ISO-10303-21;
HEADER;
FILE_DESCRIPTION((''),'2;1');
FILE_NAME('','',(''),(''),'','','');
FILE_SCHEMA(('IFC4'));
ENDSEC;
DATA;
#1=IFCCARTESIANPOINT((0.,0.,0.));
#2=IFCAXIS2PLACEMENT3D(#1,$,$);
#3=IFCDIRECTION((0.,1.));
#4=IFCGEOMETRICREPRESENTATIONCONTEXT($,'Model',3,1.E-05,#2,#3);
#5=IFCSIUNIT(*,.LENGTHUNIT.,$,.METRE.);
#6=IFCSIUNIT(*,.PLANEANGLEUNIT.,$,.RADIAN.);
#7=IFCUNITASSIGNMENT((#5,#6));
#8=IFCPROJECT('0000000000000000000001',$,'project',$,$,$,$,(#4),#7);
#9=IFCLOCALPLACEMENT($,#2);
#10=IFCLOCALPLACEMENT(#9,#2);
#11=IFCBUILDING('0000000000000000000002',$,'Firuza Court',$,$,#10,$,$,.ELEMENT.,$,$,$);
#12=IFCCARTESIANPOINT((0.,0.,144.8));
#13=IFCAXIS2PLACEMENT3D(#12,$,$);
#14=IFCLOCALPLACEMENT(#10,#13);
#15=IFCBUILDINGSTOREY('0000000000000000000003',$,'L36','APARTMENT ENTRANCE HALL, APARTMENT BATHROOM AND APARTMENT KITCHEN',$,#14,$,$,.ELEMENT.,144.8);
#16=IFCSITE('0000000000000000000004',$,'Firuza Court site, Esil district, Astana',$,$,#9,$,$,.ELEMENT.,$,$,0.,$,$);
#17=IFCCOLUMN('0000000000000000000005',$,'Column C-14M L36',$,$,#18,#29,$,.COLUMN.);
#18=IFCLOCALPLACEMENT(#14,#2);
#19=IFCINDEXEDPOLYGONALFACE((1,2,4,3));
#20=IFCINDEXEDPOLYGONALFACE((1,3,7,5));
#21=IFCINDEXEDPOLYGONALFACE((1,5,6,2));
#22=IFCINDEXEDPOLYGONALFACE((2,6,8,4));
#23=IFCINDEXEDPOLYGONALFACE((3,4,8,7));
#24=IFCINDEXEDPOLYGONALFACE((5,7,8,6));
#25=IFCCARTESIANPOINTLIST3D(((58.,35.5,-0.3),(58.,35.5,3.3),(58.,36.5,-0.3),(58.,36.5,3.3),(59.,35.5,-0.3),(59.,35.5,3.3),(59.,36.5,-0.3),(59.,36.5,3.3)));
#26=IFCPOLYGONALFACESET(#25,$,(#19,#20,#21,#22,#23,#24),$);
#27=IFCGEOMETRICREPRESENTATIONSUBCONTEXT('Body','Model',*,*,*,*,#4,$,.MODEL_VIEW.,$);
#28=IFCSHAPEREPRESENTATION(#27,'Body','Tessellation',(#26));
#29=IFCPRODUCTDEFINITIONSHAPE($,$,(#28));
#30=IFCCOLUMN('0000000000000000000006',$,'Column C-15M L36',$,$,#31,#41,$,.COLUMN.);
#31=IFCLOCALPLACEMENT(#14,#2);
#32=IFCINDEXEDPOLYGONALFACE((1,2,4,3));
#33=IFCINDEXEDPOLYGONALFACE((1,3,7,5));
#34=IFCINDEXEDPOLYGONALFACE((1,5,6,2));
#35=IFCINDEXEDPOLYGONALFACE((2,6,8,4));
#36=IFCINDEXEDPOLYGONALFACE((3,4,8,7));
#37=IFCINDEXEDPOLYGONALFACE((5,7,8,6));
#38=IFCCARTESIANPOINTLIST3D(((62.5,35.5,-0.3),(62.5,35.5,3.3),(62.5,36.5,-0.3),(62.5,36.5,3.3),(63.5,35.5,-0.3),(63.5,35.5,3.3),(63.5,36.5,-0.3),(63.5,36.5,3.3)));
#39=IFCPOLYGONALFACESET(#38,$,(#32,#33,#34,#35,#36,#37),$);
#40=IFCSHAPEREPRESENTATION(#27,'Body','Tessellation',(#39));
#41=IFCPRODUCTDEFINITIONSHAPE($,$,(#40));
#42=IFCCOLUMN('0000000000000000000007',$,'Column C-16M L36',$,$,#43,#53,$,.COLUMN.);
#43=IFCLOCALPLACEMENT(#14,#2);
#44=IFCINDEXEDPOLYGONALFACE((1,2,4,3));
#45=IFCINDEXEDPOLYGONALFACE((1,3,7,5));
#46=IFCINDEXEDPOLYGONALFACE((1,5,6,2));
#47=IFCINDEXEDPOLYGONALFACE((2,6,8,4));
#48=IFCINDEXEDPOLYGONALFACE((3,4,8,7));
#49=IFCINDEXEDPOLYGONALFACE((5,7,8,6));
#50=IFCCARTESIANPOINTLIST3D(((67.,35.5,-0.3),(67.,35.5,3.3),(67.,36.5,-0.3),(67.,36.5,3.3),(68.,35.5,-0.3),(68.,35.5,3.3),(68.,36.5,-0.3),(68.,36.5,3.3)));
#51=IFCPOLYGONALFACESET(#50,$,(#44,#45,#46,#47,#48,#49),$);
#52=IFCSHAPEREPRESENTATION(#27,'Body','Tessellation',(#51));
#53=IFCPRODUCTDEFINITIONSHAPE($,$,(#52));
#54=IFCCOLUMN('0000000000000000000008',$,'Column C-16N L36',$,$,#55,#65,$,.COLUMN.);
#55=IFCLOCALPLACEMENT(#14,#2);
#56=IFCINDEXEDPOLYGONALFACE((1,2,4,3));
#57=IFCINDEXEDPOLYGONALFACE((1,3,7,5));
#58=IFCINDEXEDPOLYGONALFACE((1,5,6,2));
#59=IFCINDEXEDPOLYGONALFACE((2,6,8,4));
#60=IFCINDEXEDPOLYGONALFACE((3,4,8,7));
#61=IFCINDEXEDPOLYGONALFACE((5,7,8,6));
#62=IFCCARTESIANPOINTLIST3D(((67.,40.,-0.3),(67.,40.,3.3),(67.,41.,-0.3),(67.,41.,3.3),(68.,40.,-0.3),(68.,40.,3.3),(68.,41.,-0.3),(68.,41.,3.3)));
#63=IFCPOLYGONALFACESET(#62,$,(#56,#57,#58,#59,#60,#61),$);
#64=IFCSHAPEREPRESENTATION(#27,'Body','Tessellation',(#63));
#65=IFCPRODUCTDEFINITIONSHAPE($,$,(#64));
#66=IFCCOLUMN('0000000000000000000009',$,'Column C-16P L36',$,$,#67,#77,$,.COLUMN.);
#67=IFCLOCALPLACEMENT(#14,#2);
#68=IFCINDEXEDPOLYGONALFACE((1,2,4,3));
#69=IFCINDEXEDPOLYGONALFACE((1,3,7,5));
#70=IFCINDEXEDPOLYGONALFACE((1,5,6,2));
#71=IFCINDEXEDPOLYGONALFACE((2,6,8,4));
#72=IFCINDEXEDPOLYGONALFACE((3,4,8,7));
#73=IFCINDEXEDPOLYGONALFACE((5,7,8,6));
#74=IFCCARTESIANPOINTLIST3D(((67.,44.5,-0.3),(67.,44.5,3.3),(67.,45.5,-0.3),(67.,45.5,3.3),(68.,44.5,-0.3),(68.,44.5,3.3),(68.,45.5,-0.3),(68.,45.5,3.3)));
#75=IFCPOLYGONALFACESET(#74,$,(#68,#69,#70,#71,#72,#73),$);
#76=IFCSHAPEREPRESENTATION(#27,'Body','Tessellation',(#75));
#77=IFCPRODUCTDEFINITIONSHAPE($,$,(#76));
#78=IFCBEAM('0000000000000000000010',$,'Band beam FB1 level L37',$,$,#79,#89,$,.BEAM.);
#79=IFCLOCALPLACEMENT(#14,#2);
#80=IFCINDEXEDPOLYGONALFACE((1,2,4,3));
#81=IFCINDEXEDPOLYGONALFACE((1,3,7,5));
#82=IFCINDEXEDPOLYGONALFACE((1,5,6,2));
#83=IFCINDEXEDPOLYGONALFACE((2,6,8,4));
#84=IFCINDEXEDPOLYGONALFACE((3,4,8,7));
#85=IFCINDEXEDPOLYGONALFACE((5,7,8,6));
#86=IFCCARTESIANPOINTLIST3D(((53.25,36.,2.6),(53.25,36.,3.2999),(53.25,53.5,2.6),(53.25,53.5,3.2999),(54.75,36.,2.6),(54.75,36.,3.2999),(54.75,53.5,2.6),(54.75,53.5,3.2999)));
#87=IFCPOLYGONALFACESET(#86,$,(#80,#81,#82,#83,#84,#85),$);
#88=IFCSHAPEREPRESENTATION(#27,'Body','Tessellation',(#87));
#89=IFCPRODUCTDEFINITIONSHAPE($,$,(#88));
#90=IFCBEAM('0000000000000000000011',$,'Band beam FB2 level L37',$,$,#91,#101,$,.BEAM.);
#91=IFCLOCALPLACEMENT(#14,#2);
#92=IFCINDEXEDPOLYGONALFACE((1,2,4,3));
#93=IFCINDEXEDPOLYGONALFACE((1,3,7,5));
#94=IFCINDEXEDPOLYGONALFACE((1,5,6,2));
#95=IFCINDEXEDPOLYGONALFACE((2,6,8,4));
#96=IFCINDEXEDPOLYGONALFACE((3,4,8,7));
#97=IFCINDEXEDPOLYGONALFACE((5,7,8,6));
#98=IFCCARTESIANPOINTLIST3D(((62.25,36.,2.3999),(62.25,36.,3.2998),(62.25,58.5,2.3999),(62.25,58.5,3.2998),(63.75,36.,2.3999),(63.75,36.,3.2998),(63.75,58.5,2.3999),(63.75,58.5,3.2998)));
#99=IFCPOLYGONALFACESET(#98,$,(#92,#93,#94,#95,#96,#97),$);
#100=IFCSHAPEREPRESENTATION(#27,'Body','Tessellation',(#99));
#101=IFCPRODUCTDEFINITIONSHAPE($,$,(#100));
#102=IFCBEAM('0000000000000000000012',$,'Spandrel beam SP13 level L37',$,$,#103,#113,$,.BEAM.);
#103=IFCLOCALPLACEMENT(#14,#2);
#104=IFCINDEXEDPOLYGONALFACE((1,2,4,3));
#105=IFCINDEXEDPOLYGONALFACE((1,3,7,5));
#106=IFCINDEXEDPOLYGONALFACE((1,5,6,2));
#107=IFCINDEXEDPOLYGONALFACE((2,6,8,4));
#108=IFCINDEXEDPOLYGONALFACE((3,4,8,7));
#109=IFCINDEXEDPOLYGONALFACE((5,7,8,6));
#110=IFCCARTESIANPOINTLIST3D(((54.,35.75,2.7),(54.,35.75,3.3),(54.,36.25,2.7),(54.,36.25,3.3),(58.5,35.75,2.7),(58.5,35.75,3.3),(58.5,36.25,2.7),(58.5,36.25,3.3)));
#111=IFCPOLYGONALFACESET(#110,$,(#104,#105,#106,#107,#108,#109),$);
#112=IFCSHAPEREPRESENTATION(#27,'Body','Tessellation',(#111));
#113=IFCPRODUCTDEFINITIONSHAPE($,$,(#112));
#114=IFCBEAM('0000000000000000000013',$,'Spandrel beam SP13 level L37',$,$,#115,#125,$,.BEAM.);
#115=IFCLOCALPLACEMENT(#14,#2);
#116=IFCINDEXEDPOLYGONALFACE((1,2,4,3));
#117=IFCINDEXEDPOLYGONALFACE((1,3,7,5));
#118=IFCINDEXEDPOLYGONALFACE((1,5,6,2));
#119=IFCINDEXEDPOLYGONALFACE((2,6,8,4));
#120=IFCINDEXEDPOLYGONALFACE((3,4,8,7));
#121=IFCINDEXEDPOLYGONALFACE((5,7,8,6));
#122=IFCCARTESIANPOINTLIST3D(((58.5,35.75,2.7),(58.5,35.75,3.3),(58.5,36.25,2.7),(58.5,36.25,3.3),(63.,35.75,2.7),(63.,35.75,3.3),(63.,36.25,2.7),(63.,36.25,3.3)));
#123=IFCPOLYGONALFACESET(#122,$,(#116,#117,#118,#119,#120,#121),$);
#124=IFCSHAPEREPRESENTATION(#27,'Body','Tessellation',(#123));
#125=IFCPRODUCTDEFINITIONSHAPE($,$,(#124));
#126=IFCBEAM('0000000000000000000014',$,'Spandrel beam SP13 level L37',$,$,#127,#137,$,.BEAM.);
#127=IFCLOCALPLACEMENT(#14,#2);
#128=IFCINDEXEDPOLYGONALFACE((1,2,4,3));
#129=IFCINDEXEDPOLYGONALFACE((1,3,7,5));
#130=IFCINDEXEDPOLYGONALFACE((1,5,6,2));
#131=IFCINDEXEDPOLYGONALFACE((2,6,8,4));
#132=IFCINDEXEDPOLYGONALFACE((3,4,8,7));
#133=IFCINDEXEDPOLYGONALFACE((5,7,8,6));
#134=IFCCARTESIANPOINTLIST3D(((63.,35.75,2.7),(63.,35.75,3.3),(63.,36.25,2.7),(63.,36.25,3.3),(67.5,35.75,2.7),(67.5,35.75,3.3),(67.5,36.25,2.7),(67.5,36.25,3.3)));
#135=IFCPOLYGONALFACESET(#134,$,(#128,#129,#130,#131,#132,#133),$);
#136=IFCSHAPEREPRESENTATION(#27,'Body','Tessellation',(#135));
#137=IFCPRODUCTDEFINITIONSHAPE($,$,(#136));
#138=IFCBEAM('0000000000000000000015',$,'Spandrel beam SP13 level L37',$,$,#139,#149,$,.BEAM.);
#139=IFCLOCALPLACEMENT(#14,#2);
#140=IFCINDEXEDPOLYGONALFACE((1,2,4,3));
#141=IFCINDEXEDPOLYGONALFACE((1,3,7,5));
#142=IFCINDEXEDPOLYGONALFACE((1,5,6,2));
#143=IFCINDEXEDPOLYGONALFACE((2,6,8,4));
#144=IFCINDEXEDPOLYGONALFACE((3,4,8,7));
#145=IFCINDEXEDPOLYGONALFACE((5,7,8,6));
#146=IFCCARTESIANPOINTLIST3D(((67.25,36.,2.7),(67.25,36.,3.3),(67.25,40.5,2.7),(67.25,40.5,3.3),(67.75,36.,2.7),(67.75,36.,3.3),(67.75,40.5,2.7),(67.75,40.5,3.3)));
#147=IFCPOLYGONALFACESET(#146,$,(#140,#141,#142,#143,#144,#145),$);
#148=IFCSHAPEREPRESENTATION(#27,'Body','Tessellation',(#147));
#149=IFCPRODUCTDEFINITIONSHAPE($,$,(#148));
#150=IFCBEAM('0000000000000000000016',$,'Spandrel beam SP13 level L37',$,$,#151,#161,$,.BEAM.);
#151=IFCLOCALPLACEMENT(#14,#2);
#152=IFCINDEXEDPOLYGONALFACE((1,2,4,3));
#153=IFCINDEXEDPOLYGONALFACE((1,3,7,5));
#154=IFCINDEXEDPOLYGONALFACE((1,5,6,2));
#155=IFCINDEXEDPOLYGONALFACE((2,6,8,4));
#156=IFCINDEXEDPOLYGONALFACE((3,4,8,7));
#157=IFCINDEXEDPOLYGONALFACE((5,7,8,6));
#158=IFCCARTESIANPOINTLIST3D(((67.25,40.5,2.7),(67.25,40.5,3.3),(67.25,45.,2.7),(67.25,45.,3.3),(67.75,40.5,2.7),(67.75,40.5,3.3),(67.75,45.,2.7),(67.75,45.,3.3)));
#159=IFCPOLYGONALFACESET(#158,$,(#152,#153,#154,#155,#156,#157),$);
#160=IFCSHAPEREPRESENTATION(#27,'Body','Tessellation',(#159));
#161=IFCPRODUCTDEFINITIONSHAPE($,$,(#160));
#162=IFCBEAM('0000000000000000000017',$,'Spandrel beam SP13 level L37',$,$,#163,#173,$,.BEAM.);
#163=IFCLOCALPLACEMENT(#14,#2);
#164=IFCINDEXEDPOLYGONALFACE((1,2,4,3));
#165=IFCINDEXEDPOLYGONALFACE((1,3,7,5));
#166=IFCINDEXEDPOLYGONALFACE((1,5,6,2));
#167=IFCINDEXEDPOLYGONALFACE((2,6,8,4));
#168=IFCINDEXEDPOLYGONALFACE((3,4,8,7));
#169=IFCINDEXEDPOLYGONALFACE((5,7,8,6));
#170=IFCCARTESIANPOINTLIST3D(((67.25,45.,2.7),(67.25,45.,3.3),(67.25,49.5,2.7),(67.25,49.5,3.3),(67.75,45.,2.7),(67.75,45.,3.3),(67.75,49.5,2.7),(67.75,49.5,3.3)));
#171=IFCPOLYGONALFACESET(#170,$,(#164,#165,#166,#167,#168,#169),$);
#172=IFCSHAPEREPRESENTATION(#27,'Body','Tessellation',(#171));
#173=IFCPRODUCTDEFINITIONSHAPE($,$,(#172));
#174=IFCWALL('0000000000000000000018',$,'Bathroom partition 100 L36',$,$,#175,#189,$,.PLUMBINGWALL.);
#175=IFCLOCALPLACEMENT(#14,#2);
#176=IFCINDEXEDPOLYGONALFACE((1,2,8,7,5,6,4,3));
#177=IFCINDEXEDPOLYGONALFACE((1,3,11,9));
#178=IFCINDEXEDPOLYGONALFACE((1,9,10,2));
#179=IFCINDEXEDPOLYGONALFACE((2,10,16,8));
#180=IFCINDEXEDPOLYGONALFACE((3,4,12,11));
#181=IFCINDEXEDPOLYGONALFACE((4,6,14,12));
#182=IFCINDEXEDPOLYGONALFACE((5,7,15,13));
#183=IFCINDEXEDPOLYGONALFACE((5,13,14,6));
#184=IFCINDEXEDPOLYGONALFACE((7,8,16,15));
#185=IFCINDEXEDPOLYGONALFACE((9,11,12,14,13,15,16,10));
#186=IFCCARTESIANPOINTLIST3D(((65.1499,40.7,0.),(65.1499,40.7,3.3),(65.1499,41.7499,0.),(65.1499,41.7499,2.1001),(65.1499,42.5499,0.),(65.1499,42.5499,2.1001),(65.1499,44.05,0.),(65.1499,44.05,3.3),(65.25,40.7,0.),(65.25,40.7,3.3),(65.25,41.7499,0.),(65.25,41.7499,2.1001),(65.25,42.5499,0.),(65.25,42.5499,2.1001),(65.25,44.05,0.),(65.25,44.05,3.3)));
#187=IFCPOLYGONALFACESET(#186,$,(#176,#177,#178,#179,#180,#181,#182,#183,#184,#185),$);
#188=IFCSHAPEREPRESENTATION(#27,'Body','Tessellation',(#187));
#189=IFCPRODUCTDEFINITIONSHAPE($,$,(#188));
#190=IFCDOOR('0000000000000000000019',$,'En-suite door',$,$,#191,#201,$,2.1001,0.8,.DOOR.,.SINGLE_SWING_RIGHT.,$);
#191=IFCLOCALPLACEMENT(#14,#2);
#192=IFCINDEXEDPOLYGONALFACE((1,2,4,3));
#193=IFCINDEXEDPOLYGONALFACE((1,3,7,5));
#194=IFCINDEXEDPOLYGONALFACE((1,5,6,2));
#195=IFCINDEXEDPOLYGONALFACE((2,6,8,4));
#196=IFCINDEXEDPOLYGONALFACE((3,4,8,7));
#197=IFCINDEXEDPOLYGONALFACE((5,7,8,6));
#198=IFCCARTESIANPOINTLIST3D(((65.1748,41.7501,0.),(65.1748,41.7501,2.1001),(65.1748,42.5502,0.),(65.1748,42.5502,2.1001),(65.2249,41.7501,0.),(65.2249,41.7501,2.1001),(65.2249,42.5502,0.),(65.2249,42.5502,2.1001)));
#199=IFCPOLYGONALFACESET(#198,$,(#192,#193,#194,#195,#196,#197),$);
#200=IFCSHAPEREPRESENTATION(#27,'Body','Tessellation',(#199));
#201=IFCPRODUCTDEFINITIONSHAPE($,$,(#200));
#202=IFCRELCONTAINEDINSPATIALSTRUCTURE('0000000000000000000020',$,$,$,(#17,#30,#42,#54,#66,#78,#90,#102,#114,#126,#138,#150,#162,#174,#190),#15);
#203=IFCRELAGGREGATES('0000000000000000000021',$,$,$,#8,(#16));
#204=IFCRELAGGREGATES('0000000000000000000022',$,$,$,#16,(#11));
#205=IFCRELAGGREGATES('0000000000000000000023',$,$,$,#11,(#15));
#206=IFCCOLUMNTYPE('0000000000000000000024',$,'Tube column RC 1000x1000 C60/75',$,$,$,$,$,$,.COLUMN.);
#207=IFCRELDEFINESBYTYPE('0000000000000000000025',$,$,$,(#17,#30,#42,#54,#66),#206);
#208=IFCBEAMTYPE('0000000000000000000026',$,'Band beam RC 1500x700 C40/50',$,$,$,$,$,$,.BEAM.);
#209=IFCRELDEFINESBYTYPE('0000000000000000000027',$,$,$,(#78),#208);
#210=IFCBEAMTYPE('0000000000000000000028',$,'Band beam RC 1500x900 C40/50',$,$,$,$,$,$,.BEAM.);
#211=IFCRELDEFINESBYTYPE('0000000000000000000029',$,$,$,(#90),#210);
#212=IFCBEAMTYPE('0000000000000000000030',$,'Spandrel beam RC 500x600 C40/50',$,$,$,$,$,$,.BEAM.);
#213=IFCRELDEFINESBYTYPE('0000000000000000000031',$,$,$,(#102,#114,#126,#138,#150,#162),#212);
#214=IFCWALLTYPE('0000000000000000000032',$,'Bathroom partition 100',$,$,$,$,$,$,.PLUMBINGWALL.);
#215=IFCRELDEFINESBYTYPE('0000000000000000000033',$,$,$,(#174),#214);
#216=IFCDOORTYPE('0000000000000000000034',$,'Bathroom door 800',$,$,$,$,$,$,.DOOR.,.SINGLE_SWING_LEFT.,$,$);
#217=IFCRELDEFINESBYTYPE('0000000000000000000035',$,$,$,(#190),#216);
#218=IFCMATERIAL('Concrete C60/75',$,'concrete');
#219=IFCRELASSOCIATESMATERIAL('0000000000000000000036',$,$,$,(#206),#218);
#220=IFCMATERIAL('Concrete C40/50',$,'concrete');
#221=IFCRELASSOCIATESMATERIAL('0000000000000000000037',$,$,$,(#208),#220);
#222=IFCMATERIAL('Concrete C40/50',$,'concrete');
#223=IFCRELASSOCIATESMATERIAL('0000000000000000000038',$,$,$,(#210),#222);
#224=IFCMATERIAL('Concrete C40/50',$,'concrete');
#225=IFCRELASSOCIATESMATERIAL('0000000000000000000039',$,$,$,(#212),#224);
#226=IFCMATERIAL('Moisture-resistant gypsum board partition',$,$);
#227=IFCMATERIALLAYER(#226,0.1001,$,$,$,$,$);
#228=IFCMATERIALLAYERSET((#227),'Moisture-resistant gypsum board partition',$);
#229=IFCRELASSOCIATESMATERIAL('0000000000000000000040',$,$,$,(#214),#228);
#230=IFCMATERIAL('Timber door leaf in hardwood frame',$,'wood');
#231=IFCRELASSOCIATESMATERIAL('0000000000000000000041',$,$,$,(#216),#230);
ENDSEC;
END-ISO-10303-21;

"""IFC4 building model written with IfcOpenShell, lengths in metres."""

from ifc_helpers import new_model, si_unit, direction, frame, frame_2d, origin, origin_2d, place, context, subcontext, project, spatial, rectangle, extrude, material, layer, layer_set, material_profile, profile_set, type_object, element, fill, save


model = new_model("IFC4")

# Units and contexts
model_context = context("Model", 3, precision=1e-05, world=origin(), true_north=direction((0.0, 1.0)))
body_context = subcontext(model_context, "Body", "Model", "MODEL_VIEW")
ifc_project = project(units=[si_unit("LENGTHUNIT", "METRE"), si_unit("PLANEANGLEUNIT", "RADIAN")], contexts=[model_context])

# Site, building, storey
site_placement = place(None, origin())
site = spatial("IfcSite", under=ifc_project, at=site_placement, Name="Firuza Court site, Esil district, Astana", CompositionType="ELEMENT", RefElevation=0.0)
building_placement = place(site_placement, origin())
building = spatial("IfcBuilding", under=site, at=building_placement, Name="Firuza Court", CompositionType="ELEMENT")
storey_placement = place(building_placement, frame((0.0, 0.0, 144.8)))
storey = spatial("IfcBuildingStorey", under=building, at=storey_placement, Name="L36", Description="APARTMENT ENTRANCE HALL, APARTMENT BATHROOM AND APARTMENT KITCHEN", CompositionType="ELEMENT", Elevation=144.8)

# Columns
ifc_material_1 = material(Name="Concrete C60/75", Category="concrete")
ifc_material_profile_1 = material_profile(ifc_material_1, rectangle(XDim=1.0, YDim=1.0, at=origin_2d()), Name="RC 1000x1000")
ifc_profile_set_1 = profile_set([ifc_material_profile_1], Name="Concrete C60/75")
column_type = type_object("IfcColumnType", Name="Tube column RC 1000x1000 C60/75", PredefinedType="COLUMN", material=ifc_profile_set_1)
for number, where, z_axis, x_axis, name in (
    (1, (58.5, 36.0, -0.3), (0.0, 0.0, 1.0), (1.0, 0.0, 0.0), "Column C-14M L36"),
    (2, (63.0, 36.0, -0.3), (0.0, 0.0, 1.0), (1.0, 0.0, 0.0), "Column C-15M L36"),
    (3, (67.5, 36.0, -0.3), (0.0, 0.0, 1.0), (1.0, 0.0, 0.0), "Column C-16M L36"),
    (4, (67.5, 40.5, -0.3), (0.0, 0.0, 1.0), (1.0, 0.0, 0.0), "Column C-16N L36"),
    (5, (67.5, 45.0, -0.3), (0.0, 0.0, 1.0), (1.0, 0.0, 0.0), "Column C-16P L36"),
):
    element("IfcColumn", number, at=place(storey_placement, frame(where, z_axis=z_axis, x_axis=x_axis)), inside=storey, type_object=column_type, Name=name, PredefinedType="COLUMN", context=body_context, shape_type="SweptSolid", body=[
        extrude(rectangle(XDim=1.0, YDim=1.0, at=origin_2d()), origin(), (0.0, 0.0, 1.0), 3.6001),
    ])

# Beams
ifc_material_2 = material(Name="Concrete C40/50", Category="concrete")
ifc_material_profile_2 = material_profile(ifc_material_2, rectangle(XDim=1.5, YDim=0.7, at=origin_2d()), Name="RC 1500x700")
ifc_profile_set_2 = profile_set([ifc_material_profile_2], Name="Concrete C40/50")
beam_type_1 = type_object("IfcBeamType", Name="Band beam RC 1500x700 C40/50", PredefinedType="BEAM", material=ifc_profile_set_2)
beam_1_placement = place(storey_placement, frame((54.0, 36.0, 2.95), z_axis=(0.0, 1.0, 0.0), x_axis=(-1.0, 0.0, 0.0)))
element("IfcBeam", 6, at=beam_1_placement, inside=storey, type_object=beam_type_1, Name="Band beam FB1 level L37", PredefinedType="BEAM", context=body_context, shape_type="SweptSolid", body=[
    extrude(rectangle(XDim=1.5, YDim=0.7, at=origin_2d()), origin(), (0.0, 0.0, 1.0), 17.5),
])
ifc_material_3 = material(Name="Concrete C40/50", Category="concrete")
ifc_material_profile_3 = material_profile(ifc_material_3, rectangle(XDim=1.5, YDim=0.8999, at=origin_2d()), Name="RC 1500x900")
ifc_profile_set_3 = profile_set([ifc_material_profile_3], Name="Concrete C40/50")
beam_type_2 = type_object("IfcBeamType", Name="Band beam RC 1500x900 C40/50", PredefinedType="BEAM", material=ifc_profile_set_3)
beam_2_placement = place(storey_placement, frame((63.0, 36.0, 2.8499), z_axis=(0.0, 1.0, 0.0), x_axis=(-1.0, 0.0, 0.0)))
element("IfcBeam", 7, at=beam_2_placement, inside=storey, type_object=beam_type_2, Name="Band beam FB2 level L37", PredefinedType="BEAM", context=body_context, shape_type="SweptSolid", body=[
    extrude(rectangle(XDim=1.5, YDim=0.8999, at=origin_2d()), origin(), (0.0, 0.0, 1.0), 22.5),
])
ifc_material_4 = material(Name="Concrete C40/50", Category="concrete")
ifc_material_profile_4 = material_profile(ifc_material_4, rectangle(XDim=0.5, YDim=0.6001, at=origin_2d()), Name="RC 500x600")
ifc_profile_set_4 = profile_set([ifc_material_profile_4], Name="Concrete C40/50")
beam_type_3 = type_object("IfcBeamType", Name="Spandrel beam RC 500x600 C40/50", PredefinedType="BEAM", material=ifc_profile_set_4)
for number, where, z_axis, x_axis, name in (
    (8, (54.0, 36.0, 3.0), (1.0, 0.0, 0.0), (0.0, 1.0, 0.0), "Spandrel beam SP13 level L37"),
    (9, (58.5, 36.0, 3.0), (1.0, 0.0, 0.0), (0.0, 1.0, 0.0), "Spandrel beam SP13 level L37"),
    (10, (63.0, 36.0, 3.0), (1.0, 0.0, 0.0), (0.0, 1.0, 0.0), "Spandrel beam SP13 level L37"),
    (11, (67.5, 36.0, 3.0), (0.0, 1.0, 0.0), (-1.0, 0.0, 0.0), "Spandrel beam SP13 level L37"),
    (12, (67.5, 40.5, 3.0), (0.0, 1.0, 0.0), (-1.0, 0.0, 0.0), "Spandrel beam SP13 level L37"),
    (13, (67.5, 45.0, 3.0), (0.0, 1.0, 0.0), (-1.0, 0.0, 0.0), "Spandrel beam SP13 level L37"),
):
    element("IfcBeam", number, at=place(storey_placement, frame(where, z_axis=z_axis, x_axis=x_axis)), inside=storey, type_object=beam_type_3, Name=name, PredefinedType="BEAM", context=body_context, shape_type="SweptSolid", body=[
        extrude(rectangle(XDim=0.5, YDim=0.6001, at=origin_2d()), origin(), (0.0, 0.0, 1.0), 4.5),
    ])

# Wall, opening, door
ifc_material_5 = material(Name="Moisture-resistant gypsum board partition")
ifc_layer_1 = layer(ifc_material_5, 0.1001)
ifc_layer_set_1 = layer_set([ifc_layer_1], Name="Moisture-resistant gypsum board partition")
wall_type_1 = type_object("IfcWallType", Name="Bathroom partition 100", PredefinedType="PLUMBINGWALL", material=ifc_layer_set_1)
wall_1_placement = place(storey_placement, frame((65.2, 40.7, 0.0), z_axis=(0.0, 0.0, 1.0), x_axis=(0.0, 1.0, 0.0)))
wall_1 = element("IfcWall", 14, at=wall_1_placement, inside=storey, type_object=wall_type_1, Name="Bathroom partition 100 L36", PredefinedType="PLUMBINGWALL", context=body_context, shape_type="SweptSolid", body=[
    extrude(rectangle(XDim=3.3501, YDim=0.1001, at=frame_2d((1.675, 0.0))), origin(), (0.0, 0.0, 1.0), 3.3),
])
opening_1_placement = place(wall_1_placement, frame((1.05, 0.0, 0.0)))
opening_1 = element("IfcOpeningElement", 15, at=opening_1_placement, cuts=wall_1, PredefinedType="OPENING", context=body_context, shape_type="SweptSolid", body=[
    extrude(rectangle(XDim=0.8, YDim=2.1001, at=frame_2d((0.3999, 1.05))), frame((0.0, 0.062, 0.0), z_axis=(0.0, -1.0, 0.0), x_axis=(1.0, 0.0, 0.0)), (0.0, 0.0, 1.0), 0.124),
])
ifc_material_6 = material(Name="Timber door leaf in hardwood frame", Category="wood")
door_type = type_object("IfcDoorType", Name="Bathroom door 800", OperationType="SINGLE_SWING_LEFT", PredefinedType="DOOR", material=ifc_material_6)
door_placement = place(opening_1_placement, frame((0.8, 0.0, 0.0), z_axis=(0.0, 0.0, 1.0), x_axis=(-1.0, 0.0, 0.0)))
door = element("IfcDoor", 16, at=door_placement, inside=storey, type_object=door_type, Name="En-suite door", OperationType="SINGLE_SWING_RIGHT", OverallHeight=2.1001, OverallWidth=0.8, PredefinedType="DOOR", context=body_context, shape_type="SweptSolid", body=[
    extrude(rectangle(XDim=0.8, YDim=2.1001, at=frame_2d((0.3999, 1.05))), frame((0.0, 0.0249, 0.0), z_axis=(0.0, -1.0, 0.0), x_axis=(1.0, 0.0, 0.0)), (0.0, 0.0, 1.0), 0.05),
])
fill(opening_1, door)

save(model, "model.ifc")
